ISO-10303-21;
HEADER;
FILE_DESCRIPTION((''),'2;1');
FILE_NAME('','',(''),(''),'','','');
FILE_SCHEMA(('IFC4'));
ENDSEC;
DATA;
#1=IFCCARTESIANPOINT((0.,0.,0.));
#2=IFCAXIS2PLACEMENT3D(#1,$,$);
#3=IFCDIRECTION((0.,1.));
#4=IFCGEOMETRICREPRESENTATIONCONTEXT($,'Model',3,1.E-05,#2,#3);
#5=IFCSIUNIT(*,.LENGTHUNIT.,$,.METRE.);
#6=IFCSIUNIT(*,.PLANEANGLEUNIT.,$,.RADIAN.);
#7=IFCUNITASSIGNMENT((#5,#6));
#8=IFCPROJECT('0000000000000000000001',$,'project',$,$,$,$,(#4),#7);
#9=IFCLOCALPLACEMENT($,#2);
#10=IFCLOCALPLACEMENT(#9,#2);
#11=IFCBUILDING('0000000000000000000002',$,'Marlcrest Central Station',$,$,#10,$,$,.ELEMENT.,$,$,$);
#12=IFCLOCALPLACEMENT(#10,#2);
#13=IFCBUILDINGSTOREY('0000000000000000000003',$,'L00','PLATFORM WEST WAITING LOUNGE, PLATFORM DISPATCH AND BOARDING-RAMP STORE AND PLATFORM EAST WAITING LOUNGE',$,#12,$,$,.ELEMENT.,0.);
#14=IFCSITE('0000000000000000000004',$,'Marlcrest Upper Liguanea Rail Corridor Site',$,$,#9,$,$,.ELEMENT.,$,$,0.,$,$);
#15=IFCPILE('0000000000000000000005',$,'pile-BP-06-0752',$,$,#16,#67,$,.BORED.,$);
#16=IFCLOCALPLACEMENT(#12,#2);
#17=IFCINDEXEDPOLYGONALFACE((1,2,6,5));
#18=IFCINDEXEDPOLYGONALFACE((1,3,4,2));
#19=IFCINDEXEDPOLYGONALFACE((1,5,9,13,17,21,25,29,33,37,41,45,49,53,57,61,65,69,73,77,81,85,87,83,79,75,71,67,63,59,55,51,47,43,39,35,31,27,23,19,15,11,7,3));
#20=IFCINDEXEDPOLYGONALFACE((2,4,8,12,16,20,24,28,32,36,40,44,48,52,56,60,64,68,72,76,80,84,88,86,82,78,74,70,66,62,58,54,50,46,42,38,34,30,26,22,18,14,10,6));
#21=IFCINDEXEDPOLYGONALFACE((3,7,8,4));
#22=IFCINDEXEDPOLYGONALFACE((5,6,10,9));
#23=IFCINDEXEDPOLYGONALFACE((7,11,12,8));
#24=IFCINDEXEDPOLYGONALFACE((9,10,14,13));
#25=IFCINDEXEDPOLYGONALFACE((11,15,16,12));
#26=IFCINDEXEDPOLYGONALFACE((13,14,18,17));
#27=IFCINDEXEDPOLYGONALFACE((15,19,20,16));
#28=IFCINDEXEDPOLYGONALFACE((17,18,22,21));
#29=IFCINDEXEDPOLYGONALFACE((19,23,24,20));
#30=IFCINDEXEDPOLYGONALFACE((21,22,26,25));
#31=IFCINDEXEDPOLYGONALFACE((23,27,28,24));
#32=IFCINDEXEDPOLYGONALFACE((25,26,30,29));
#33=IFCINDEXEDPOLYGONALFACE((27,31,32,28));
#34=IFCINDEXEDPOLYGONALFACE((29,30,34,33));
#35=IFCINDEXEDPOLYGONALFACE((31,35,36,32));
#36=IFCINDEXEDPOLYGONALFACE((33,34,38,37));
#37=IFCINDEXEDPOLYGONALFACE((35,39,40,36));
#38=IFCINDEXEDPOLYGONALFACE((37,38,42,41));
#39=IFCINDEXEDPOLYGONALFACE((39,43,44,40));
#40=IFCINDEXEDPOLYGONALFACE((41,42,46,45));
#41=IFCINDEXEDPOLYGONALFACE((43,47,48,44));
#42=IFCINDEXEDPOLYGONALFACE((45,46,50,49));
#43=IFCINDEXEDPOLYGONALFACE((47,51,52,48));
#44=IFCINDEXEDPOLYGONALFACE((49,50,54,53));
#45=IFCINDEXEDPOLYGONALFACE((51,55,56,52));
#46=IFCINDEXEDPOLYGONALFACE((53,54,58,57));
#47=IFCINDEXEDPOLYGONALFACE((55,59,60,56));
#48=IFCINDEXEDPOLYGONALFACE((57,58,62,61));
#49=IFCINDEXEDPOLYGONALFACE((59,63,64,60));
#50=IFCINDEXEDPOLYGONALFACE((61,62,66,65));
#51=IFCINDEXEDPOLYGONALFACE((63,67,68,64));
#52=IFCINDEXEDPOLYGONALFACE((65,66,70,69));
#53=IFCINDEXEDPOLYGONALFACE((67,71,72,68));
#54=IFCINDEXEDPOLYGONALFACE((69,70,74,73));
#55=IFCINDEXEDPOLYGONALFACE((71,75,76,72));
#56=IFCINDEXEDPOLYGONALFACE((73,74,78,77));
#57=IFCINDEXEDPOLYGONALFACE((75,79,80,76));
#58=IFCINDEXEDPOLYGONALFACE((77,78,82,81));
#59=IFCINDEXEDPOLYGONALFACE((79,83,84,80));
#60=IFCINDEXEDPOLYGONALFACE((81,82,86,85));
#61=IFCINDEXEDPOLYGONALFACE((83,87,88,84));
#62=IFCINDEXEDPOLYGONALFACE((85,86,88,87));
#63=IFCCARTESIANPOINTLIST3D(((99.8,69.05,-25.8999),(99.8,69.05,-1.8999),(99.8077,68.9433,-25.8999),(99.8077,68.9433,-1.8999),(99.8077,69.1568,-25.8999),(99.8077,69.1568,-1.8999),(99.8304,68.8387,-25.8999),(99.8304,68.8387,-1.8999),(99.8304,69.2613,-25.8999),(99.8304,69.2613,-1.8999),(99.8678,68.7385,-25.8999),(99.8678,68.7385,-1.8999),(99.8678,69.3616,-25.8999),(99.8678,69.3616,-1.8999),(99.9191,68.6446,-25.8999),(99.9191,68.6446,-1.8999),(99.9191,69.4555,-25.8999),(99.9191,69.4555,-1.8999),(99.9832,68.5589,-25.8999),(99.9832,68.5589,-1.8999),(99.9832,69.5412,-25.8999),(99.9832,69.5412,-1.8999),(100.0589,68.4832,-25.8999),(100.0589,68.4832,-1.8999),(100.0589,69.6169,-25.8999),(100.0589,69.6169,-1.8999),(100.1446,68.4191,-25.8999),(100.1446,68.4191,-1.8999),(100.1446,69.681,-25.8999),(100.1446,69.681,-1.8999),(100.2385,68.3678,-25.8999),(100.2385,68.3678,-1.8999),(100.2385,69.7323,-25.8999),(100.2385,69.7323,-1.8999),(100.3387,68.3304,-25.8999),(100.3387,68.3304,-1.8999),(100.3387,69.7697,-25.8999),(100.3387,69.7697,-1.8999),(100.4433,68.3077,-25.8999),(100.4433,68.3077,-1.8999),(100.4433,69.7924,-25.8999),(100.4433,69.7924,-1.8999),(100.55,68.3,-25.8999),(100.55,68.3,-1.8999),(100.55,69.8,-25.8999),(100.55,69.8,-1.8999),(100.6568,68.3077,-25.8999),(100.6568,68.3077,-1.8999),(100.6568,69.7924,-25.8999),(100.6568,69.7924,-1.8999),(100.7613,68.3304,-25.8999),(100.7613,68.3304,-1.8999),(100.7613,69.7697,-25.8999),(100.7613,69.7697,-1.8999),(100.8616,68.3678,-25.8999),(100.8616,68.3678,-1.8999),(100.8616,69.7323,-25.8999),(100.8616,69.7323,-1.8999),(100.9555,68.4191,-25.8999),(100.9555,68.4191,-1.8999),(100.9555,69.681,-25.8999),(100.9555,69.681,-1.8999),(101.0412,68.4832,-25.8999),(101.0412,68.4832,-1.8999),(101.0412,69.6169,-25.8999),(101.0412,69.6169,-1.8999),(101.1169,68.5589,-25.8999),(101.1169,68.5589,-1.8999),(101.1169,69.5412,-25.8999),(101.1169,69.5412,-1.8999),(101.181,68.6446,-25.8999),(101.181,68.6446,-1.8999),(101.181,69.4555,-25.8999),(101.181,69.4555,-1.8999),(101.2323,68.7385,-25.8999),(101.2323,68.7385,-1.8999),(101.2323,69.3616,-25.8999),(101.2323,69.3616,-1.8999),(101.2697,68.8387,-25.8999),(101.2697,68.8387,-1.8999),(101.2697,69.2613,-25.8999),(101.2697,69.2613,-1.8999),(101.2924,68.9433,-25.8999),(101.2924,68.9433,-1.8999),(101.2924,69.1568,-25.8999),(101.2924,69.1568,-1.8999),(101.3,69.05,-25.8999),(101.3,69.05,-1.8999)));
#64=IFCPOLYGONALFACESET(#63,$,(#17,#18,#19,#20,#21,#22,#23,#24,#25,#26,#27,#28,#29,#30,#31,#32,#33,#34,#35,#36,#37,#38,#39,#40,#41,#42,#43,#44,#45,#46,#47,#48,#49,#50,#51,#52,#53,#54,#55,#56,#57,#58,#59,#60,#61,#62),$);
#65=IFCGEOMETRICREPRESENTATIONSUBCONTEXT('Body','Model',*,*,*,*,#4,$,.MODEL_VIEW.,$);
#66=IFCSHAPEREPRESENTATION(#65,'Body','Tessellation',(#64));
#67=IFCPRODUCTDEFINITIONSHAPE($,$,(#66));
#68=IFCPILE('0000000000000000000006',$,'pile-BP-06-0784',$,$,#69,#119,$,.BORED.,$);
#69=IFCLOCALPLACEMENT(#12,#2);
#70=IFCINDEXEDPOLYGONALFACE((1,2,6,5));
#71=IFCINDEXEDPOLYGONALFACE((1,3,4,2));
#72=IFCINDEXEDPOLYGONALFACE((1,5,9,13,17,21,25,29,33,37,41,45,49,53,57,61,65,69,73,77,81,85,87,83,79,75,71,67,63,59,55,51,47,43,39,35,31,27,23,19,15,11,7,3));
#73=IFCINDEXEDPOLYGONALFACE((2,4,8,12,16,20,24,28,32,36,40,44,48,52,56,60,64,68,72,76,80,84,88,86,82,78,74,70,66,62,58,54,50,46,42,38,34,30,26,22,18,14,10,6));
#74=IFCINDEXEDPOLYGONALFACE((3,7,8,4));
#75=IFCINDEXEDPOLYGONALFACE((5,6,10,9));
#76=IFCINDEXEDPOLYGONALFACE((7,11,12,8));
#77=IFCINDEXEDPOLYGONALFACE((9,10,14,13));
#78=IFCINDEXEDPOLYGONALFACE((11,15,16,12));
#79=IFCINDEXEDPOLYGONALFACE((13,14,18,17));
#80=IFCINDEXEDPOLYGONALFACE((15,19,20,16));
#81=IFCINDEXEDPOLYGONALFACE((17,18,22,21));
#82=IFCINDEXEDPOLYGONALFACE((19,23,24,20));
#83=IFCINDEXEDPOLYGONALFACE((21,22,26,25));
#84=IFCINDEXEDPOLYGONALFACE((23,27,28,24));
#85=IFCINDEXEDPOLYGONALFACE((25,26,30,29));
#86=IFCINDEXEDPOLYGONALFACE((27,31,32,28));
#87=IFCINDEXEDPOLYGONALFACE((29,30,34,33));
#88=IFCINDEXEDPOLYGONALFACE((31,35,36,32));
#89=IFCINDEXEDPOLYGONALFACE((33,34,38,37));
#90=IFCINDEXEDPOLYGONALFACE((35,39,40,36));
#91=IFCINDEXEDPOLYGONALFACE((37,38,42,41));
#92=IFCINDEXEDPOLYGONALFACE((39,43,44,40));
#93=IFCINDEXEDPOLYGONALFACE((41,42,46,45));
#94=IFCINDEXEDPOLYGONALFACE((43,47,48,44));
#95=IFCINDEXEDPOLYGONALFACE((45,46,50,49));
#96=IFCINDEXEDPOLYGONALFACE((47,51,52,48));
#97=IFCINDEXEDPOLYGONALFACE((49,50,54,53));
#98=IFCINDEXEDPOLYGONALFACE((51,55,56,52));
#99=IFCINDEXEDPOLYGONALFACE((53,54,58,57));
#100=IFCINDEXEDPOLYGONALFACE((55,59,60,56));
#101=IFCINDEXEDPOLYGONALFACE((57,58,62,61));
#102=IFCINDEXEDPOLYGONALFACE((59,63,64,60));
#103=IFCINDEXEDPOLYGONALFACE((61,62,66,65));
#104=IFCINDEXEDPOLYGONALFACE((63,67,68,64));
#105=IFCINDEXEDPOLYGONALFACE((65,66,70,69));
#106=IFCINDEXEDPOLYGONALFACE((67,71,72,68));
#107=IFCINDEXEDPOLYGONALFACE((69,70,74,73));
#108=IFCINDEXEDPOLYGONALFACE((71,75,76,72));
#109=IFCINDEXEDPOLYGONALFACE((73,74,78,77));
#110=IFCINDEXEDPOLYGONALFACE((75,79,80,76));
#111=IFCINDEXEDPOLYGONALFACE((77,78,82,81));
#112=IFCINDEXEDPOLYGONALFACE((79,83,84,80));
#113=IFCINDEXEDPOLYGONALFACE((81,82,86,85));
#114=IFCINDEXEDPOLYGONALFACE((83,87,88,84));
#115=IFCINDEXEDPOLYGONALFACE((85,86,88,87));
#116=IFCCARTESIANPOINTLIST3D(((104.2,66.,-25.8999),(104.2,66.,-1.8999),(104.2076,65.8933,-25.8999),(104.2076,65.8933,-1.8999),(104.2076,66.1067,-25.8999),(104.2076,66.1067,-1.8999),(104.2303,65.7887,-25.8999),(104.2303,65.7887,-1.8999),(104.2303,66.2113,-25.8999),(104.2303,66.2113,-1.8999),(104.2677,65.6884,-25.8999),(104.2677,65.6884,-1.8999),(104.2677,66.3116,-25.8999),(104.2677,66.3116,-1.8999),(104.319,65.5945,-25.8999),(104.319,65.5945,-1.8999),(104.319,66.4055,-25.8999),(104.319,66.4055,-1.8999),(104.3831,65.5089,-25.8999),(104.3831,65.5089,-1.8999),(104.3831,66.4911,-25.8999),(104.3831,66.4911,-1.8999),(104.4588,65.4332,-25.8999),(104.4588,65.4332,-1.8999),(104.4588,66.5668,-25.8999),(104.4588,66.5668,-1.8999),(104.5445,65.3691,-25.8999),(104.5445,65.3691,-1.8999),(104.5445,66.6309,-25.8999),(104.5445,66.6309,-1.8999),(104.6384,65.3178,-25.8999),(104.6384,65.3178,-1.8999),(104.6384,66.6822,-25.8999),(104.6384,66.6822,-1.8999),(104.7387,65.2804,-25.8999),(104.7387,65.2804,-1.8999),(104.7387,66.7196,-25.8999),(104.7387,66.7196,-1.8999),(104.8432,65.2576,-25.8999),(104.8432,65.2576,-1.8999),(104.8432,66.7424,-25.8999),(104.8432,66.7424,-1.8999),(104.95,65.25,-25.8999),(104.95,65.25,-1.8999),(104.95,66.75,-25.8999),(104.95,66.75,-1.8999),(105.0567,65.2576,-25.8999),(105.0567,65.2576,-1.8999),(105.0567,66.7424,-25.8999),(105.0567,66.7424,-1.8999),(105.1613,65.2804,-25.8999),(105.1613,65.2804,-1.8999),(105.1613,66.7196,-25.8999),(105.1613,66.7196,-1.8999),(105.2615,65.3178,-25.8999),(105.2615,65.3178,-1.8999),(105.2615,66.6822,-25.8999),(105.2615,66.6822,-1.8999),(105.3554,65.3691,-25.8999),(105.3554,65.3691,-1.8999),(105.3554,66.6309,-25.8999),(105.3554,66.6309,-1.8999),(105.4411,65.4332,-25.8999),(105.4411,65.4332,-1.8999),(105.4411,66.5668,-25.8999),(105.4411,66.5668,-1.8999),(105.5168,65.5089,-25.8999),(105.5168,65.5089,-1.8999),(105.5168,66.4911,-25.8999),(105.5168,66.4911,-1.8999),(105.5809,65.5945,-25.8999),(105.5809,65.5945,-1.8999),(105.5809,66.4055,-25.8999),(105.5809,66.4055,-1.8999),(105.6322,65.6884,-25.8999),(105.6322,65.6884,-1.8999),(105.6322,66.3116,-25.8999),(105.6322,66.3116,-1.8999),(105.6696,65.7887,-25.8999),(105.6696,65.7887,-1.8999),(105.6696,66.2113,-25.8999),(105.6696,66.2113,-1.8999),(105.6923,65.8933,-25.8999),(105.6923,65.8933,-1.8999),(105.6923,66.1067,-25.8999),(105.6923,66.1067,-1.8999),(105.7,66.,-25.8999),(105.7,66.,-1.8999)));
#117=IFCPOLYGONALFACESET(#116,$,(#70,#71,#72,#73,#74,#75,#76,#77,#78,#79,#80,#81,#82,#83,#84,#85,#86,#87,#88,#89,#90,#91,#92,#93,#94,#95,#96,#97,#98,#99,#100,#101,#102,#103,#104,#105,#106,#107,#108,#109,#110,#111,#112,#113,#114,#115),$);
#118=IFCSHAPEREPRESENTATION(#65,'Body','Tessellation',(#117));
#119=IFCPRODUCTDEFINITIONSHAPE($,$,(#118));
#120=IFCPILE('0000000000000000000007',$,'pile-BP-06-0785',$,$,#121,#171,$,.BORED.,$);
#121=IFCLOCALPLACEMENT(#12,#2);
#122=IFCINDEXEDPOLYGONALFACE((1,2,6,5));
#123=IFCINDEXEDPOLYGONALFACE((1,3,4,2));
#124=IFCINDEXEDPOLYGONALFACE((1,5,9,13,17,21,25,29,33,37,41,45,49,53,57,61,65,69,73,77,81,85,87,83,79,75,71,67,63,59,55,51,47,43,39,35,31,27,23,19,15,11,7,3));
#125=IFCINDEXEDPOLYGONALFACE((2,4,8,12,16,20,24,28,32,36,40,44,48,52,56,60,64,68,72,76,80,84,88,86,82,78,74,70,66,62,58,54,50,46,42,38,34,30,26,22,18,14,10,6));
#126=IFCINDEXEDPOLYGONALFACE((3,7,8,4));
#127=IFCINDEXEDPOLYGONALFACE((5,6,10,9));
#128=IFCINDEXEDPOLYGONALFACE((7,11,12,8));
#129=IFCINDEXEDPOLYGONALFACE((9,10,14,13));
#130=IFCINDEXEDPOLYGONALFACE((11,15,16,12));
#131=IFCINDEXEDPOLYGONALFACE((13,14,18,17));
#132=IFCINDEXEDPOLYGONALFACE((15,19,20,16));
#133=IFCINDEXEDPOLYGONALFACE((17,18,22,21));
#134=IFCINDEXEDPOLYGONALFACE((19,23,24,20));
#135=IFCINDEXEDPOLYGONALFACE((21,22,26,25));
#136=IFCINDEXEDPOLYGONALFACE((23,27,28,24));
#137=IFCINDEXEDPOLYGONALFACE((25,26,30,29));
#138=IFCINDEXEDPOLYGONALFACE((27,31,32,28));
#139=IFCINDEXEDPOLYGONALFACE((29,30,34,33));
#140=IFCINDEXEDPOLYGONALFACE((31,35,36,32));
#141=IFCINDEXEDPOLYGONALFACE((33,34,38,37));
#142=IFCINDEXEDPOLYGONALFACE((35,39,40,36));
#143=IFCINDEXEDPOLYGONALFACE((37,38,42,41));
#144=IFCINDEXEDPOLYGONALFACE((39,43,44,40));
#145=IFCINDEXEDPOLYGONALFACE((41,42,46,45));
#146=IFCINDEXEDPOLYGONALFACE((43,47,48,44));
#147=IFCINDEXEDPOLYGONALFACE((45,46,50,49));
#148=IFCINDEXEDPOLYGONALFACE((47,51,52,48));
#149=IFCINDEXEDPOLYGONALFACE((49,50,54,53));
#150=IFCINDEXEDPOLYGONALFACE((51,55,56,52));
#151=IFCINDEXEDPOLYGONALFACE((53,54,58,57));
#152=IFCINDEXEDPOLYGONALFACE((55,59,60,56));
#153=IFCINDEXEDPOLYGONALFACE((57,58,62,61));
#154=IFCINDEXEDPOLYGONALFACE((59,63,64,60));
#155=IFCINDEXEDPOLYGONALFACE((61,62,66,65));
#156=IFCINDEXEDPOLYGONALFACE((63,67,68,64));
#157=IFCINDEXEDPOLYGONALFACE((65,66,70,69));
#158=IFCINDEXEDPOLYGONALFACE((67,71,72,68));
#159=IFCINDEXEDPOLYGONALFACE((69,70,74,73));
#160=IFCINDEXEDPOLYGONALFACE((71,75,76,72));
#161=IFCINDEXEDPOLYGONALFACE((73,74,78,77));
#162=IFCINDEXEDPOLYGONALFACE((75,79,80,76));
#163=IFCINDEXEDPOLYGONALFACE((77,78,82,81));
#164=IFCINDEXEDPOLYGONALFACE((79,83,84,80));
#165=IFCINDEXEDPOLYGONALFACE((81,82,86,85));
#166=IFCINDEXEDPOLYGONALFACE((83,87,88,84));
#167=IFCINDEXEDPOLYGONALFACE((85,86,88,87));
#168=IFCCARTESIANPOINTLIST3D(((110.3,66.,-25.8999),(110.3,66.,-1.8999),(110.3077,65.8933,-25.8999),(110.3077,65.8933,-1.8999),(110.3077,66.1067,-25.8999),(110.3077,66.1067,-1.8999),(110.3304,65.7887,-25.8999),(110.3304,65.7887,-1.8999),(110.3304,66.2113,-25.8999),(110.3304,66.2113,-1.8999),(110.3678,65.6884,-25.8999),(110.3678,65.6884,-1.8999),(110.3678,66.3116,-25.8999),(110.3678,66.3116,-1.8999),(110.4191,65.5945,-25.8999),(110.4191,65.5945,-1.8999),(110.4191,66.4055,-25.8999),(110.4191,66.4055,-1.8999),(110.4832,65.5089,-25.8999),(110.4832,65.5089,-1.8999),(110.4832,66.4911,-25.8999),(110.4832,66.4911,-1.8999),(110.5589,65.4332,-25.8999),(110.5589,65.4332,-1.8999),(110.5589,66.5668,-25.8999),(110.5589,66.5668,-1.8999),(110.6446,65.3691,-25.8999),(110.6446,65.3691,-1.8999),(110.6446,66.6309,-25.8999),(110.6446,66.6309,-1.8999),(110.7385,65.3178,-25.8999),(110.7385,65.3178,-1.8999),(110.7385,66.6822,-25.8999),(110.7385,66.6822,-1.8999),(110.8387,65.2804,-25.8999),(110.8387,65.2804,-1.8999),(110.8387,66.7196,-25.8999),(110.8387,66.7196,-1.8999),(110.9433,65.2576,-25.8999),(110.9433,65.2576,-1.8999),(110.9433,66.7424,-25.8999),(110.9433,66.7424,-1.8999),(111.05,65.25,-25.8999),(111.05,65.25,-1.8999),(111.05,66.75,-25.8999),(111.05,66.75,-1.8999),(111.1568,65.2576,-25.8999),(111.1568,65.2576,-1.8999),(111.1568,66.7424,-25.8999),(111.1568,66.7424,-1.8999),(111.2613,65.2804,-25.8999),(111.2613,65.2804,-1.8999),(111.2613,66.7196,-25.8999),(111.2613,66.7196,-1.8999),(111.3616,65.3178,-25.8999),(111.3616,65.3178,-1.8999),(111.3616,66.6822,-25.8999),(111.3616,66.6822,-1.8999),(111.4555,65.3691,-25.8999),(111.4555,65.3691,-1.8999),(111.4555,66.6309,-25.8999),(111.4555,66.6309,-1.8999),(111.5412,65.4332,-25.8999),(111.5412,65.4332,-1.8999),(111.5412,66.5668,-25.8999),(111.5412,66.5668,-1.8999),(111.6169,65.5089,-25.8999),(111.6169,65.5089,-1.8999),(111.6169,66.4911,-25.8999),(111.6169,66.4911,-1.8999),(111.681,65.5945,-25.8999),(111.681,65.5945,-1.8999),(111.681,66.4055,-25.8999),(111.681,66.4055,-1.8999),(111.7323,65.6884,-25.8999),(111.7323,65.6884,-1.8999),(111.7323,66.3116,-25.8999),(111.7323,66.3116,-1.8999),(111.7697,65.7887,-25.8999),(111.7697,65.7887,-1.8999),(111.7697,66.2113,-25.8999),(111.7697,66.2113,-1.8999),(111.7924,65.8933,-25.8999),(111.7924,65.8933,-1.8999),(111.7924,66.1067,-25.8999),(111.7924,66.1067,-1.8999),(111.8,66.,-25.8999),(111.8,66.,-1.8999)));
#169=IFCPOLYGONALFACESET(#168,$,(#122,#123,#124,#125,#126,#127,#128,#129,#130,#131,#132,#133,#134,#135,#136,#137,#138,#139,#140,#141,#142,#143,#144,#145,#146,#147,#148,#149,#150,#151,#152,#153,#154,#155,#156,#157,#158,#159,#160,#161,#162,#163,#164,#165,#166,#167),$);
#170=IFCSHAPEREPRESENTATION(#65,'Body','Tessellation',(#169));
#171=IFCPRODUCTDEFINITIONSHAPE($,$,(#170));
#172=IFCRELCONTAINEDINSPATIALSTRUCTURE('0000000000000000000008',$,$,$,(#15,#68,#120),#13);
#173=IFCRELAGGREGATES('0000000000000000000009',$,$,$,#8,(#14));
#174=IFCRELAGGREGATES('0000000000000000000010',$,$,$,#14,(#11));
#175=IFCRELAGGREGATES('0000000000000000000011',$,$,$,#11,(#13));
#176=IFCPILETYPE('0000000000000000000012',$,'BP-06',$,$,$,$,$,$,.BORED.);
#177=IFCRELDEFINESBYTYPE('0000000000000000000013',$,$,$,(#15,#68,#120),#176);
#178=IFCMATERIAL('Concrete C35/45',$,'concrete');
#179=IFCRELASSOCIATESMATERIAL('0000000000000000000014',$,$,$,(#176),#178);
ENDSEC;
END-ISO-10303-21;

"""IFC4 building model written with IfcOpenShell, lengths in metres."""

from ifc_helpers import new_model, si_unit, direction, frame, origin, origin_2d, place, context, subcontext, project, spatial, circle, extrude, material, material_profile, profile_set, type_object, element, save


model = new_model("IFC4")

# Units and contexts
model_context = context("Model", 3, precision=1e-05, world=origin(), true_north=direction((0.0, 1.0)))
body_context = subcontext(model_context, "Body", "Model", "MODEL_VIEW")
ifc_project = project(units=[si_unit("LENGTHUNIT", "METRE"), si_unit("PLANEANGLEUNIT", "RADIAN")], contexts=[model_context])

# Site, building, storey
site_placement = place(None, origin())
site = spatial("IfcSite", under=ifc_project, at=site_placement, Name="Marlcrest Upper Liguanea Rail Corridor Site", CompositionType="ELEMENT", RefElevation=0.0)
building_placement = place(site_placement, origin())
building = spatial("IfcBuilding", under=site, at=building_placement, Name="Marlcrest Central Station", CompositionType="ELEMENT")
storey_placement = place(building_placement, origin())
storey = spatial("IfcBuildingStorey", under=building, at=storey_placement, Name="L00", Description="PLATFORM WEST WAITING LOUNGE, PLATFORM DISPATCH AND BOARDING-RAMP STORE AND PLATFORM EAST WAITING LOUNGE", CompositionType="ELEMENT", Elevation=0.0)

# Piles
ifc_material_1 = material(Name="Concrete C35/45", Category="concrete")
ifc_material_profile_1 = material_profile(ifc_material_1, circle(Radius=0.75, at=origin_2d()), Name="PILE D1500")
ifc_profile_set_1 = profile_set([ifc_material_profile_1], Name="Concrete C35/45")
pile_type_1 = type_object("IfcPileType", Name="BP-06", PredefinedType="BORED", material=ifc_profile_set_1)
for number, where, z_axis, x_axis, name in (
    (1, (100.55, 69.05, -1.8999), (0.0, 0.0, -1.0), (1.0, 0.0, 0.0), "pile-BP-06-0752"),
    (2, (104.95, 66.0, -1.8999), (0.0, 0.0, -1.0), (1.0, 0.0, 0.0), "pile-BP-06-0784"),
    (3, (111.05, 66.0, -1.8999), (0.0, 0.0, -1.0), (1.0, 0.0, 0.0), "pile-BP-06-0785"),
):
    element("IfcPile", number, at=place(storey_placement, frame(where, z_axis=z_axis, x_axis=x_axis)), inside=storey, type_object=pile_type_1, Name=name, PredefinedType="BORED", context=body_context, shape_type="SweptSolid", body=[
        extrude(circle(Radius=0.75, at=origin_2d()), origin(), (0.0, 0.0, 1.0), 24.0),
    ])

save(model, "model.ifc")
